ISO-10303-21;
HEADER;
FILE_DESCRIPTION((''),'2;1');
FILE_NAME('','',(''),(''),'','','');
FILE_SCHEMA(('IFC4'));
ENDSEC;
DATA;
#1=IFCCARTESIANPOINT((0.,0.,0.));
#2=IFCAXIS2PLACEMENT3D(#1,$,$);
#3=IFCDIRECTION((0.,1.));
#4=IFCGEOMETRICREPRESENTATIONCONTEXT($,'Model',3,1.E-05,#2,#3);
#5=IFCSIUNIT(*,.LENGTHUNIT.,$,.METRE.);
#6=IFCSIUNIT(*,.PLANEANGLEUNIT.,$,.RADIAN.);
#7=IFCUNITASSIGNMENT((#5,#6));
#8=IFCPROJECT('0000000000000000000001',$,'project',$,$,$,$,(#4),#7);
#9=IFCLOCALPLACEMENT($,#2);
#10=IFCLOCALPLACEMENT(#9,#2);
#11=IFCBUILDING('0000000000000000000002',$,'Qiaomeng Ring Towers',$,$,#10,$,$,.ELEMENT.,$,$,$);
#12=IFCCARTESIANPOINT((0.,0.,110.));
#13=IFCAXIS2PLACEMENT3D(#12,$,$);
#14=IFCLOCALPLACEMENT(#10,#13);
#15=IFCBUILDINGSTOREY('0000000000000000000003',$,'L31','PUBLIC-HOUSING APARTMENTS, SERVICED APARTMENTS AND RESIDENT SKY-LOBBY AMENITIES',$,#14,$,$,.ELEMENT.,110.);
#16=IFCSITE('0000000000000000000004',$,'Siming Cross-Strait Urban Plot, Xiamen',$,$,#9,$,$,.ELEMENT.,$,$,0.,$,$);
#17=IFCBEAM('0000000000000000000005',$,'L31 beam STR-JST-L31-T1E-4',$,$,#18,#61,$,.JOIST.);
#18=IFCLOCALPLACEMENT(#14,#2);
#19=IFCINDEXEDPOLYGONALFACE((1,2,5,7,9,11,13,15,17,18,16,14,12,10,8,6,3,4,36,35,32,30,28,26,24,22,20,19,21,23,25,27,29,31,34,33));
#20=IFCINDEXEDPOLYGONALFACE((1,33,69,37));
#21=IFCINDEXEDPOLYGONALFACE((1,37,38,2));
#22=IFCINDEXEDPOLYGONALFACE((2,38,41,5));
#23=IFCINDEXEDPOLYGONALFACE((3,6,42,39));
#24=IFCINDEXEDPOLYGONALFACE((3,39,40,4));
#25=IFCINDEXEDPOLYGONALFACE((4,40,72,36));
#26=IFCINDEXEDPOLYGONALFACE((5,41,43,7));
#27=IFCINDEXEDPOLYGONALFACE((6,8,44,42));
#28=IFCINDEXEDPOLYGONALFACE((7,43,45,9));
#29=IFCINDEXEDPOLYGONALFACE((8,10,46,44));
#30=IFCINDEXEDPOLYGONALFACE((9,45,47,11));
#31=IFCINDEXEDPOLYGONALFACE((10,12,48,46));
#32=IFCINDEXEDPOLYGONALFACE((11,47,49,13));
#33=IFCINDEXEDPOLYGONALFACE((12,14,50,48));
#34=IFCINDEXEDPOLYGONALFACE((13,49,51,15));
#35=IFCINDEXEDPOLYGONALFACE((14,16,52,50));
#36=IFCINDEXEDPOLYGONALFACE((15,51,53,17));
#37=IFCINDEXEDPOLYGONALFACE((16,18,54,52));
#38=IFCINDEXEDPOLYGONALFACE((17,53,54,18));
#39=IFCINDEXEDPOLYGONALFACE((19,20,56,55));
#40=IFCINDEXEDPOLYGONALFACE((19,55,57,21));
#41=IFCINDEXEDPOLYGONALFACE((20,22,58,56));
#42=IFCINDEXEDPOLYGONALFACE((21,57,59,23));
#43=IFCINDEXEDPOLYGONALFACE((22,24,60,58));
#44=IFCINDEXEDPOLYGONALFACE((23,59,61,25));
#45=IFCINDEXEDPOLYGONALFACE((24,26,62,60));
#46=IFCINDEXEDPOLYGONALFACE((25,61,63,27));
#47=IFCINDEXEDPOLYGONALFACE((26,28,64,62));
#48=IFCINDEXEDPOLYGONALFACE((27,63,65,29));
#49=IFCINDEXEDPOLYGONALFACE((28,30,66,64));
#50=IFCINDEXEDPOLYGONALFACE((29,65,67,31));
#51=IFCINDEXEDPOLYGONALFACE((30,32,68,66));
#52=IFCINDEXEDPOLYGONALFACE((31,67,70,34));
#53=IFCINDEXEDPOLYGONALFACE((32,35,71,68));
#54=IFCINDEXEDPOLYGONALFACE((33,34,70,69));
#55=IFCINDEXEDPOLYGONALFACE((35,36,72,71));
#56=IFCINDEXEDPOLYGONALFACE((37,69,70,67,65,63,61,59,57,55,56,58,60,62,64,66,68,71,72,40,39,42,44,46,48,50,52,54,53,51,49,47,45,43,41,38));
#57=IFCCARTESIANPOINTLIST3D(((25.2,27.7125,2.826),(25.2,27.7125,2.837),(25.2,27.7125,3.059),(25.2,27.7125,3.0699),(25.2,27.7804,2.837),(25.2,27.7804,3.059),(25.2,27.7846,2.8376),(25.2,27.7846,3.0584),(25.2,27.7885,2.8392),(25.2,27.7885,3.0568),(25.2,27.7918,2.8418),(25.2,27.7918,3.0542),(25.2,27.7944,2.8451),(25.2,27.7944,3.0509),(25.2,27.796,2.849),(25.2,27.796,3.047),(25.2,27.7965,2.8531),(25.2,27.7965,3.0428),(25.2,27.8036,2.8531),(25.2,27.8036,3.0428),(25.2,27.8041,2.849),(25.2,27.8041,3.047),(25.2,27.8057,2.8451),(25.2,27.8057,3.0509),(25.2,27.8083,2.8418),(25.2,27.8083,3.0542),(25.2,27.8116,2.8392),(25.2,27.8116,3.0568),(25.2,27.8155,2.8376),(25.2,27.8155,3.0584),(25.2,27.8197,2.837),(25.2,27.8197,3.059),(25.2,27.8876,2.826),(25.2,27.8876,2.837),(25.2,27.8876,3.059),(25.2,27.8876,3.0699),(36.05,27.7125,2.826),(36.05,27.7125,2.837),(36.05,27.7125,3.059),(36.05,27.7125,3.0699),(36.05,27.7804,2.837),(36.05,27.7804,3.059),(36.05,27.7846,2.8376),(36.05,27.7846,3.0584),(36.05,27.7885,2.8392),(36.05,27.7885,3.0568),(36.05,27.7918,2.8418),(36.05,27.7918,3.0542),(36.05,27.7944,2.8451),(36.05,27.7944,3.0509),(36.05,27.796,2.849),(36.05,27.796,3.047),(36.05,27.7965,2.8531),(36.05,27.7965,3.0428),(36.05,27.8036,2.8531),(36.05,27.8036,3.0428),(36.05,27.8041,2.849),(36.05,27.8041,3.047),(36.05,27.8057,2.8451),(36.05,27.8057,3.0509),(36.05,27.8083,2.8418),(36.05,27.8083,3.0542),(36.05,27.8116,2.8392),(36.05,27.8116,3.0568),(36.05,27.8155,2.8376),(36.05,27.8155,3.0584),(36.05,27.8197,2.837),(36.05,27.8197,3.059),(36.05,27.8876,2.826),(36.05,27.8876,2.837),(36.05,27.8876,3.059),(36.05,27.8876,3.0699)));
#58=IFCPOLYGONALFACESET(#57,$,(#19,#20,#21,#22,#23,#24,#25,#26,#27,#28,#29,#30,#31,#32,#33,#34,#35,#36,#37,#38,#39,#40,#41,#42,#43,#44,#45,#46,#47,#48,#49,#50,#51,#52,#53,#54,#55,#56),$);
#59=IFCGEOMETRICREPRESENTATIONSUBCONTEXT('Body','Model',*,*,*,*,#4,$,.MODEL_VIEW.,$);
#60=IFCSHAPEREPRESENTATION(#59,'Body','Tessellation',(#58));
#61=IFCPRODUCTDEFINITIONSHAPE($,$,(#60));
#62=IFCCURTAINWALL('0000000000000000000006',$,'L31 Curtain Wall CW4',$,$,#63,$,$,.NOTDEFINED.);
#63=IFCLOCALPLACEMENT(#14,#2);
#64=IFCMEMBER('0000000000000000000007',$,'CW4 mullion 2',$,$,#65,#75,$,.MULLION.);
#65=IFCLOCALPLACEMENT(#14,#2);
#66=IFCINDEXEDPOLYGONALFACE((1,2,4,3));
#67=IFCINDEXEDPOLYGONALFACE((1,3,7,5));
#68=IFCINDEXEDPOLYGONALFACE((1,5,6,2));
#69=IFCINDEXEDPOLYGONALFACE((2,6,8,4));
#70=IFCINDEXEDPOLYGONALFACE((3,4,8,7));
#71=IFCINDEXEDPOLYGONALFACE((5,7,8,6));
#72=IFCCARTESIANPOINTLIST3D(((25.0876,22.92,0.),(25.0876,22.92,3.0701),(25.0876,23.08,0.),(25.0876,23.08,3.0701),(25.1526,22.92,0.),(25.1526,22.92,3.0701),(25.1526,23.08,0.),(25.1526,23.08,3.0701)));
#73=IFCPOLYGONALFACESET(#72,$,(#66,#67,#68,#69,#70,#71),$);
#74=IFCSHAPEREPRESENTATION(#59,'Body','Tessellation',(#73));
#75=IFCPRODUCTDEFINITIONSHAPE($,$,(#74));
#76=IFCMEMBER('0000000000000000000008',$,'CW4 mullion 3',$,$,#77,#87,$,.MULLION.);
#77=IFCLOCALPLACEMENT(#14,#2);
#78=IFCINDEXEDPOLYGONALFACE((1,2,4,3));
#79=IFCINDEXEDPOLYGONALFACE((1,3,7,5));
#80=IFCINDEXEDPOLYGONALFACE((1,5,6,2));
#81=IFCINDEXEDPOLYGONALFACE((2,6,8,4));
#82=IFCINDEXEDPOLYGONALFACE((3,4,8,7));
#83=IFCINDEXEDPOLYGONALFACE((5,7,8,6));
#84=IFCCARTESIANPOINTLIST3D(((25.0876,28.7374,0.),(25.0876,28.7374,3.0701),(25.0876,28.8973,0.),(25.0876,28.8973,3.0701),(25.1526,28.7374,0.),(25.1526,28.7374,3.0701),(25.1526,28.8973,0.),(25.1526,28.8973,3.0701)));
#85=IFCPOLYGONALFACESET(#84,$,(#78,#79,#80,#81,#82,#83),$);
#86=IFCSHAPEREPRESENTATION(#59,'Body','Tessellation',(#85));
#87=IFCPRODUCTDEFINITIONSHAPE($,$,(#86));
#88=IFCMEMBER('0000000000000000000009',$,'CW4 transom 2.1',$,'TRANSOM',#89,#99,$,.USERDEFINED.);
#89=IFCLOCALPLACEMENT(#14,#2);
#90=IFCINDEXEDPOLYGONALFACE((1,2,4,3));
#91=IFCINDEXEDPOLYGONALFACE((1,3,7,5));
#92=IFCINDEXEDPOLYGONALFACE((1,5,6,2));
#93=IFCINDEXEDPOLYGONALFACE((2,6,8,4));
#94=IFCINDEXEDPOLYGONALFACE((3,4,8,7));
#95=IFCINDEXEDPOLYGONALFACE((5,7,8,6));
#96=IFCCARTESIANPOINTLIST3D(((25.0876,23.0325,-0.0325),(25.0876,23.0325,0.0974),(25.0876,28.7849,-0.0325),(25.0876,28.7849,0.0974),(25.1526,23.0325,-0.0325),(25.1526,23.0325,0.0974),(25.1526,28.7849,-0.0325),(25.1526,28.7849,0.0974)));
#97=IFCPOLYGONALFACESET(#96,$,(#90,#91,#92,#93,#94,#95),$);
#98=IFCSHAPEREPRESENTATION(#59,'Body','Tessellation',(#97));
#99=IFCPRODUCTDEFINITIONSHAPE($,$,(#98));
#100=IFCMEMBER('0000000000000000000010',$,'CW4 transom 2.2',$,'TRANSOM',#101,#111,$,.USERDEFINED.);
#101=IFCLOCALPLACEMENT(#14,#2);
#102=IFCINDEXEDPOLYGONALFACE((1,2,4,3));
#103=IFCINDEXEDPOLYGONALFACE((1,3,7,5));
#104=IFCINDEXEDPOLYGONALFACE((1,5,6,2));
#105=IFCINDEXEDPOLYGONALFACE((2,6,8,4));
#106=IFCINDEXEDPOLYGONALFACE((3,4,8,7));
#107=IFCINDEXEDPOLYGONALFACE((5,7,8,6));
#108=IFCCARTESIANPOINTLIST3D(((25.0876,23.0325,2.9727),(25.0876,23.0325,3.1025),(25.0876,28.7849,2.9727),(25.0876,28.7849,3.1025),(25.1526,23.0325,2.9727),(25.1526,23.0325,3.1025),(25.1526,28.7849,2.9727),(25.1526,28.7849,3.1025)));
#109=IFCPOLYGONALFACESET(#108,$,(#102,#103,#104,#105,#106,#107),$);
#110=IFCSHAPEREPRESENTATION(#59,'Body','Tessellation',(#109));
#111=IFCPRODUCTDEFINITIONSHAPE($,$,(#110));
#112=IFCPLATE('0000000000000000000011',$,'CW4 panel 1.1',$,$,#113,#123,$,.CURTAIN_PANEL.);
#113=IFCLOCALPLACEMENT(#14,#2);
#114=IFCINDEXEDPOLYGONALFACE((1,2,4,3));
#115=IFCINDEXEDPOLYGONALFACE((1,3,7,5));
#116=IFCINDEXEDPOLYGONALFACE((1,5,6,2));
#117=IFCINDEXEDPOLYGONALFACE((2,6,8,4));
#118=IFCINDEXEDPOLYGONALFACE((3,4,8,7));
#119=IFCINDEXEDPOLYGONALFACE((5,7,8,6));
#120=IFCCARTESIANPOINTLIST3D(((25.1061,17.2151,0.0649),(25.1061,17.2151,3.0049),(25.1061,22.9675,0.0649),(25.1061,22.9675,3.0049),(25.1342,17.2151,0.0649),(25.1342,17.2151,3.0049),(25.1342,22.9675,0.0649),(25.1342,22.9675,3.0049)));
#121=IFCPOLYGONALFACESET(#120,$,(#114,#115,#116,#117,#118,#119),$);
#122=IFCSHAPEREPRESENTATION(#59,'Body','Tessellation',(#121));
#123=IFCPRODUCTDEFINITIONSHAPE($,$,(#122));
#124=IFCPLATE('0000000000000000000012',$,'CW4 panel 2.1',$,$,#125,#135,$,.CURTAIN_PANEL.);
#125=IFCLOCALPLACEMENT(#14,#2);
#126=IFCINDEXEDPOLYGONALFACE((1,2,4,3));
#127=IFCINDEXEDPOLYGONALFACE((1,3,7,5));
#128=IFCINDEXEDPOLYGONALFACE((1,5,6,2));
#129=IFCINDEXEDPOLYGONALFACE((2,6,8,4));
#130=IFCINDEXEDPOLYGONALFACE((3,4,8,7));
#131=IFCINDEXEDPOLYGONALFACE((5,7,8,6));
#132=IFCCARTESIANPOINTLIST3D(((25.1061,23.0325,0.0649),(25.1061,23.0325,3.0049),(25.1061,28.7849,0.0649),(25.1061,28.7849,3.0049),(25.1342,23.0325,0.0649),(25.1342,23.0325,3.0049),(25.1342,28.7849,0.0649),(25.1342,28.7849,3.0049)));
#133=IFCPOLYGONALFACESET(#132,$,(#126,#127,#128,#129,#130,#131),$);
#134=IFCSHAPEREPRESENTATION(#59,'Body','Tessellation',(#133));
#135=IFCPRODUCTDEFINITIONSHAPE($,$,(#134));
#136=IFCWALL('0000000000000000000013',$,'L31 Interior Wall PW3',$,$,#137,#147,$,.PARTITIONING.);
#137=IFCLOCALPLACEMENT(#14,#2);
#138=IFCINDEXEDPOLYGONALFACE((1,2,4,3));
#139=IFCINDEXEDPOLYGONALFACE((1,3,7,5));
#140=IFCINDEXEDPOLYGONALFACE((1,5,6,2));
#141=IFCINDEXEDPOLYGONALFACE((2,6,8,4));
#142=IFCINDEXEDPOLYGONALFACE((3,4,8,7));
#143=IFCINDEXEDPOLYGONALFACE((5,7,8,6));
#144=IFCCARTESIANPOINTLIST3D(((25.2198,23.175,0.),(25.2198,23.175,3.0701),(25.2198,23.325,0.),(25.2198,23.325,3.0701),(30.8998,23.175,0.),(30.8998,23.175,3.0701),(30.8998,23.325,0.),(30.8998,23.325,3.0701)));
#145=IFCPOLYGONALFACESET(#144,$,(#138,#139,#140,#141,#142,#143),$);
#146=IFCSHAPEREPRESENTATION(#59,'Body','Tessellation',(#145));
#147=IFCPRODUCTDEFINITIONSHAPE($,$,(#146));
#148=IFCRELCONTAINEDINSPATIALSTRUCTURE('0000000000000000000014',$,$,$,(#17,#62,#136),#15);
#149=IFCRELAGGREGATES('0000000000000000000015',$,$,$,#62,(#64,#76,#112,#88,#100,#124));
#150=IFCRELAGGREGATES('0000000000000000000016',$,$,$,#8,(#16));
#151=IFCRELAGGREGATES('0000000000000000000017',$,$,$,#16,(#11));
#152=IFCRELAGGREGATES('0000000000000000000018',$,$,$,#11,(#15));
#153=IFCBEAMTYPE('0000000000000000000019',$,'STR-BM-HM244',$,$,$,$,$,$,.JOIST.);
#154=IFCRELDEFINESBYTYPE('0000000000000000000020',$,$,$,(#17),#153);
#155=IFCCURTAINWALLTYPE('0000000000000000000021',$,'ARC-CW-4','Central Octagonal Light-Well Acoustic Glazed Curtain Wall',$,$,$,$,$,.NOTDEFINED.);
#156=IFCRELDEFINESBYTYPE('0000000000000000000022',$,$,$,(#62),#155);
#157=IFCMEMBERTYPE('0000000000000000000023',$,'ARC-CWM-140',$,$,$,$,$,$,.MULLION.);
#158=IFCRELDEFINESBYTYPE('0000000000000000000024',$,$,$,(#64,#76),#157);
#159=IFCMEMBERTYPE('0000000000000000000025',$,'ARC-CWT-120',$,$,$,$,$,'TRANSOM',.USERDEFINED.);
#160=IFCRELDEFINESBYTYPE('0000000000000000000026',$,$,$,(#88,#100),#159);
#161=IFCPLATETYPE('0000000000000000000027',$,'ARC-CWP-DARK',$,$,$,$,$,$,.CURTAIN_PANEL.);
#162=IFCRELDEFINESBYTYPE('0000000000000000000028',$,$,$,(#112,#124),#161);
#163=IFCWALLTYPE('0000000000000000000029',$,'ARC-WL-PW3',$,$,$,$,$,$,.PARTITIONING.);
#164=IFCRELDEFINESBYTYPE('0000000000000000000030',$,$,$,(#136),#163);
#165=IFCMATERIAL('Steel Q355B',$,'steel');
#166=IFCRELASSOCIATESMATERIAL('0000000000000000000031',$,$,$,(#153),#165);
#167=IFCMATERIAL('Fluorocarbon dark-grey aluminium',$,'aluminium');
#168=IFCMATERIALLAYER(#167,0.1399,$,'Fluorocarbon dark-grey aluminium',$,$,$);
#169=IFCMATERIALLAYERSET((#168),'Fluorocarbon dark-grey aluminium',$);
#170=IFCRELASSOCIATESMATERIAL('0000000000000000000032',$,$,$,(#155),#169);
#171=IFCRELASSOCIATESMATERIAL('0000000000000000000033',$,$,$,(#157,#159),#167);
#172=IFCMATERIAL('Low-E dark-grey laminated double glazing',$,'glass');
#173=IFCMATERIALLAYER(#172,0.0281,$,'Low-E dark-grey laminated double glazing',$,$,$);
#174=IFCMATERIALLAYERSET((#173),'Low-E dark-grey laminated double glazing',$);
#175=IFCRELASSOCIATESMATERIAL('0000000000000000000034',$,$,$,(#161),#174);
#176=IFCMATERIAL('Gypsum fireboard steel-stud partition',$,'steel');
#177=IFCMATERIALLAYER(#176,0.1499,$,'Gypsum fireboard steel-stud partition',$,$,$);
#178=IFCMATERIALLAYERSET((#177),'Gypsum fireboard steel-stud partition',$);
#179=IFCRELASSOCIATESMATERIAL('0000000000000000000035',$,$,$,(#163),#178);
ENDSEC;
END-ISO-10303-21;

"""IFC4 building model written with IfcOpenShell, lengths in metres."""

from ifc_helpers import new_model, si_unit, direction, frame, frame_2d, origin, origin_2d, place, context, subcontext, project, spatial, rectangle, i_section, extrude, source, transform, mapped, material, layer, layer_set, material_profile, profile_set, type_object, element, aggregate, save


model = new_model("IFC4")

# Units and contexts
model_context = context("Model", 3, precision=1e-05, world=origin(), true_north=direction((0.0, 1.0)))
body_context = subcontext(model_context, "Body", "Model", "MODEL_VIEW")
ifc_project = project(units=[si_unit("LENGTHUNIT", "METRE"), si_unit("PLANEANGLEUNIT", "RADIAN")], contexts=[model_context])

# Site, building, storey
site_placement = place(None, origin())
site = spatial("IfcSite", under=ifc_project, at=site_placement, Name="Siming Cross-Strait Urban Plot, Xiamen", CompositionType="ELEMENT", RefElevation=0.0)
building_placement = place(site_placement, origin())
building = spatial("IfcBuilding", under=site, at=building_placement, Name="Qiaomeng Ring Towers", CompositionType="ELEMENT")
storey_placement = place(building_placement, frame((0.0, 0.0, 110.0)))
storey = spatial("IfcBuildingStorey", under=building, at=storey_placement, Name="L31", Description="PUBLIC-HOUSING APARTMENTS, SERVICED APARTMENTS AND RESIDENT SKY-LOBBY AMENITIES", CompositionType="ELEMENT", Elevation=110.0)

# Beam
ifc_material_1 = material(Name="Steel Q355B", Category="steel")
ifc_material_profile_1 = material_profile(ifc_material_1, i_section(OverallWidth=0.175, OverallDepth=0.2439, WebThickness=0.0071, FlangeThickness=0.011, FilletRadius=0.0161, at=origin_2d()), Name="HM 244x175x7x11")
ifc_profile_set_1 = profile_set([ifc_material_profile_1], Name="Steel Q355B")
beam_type_1 = type_object("IfcBeamType", Name="STR-BM-HM244", PredefinedType="JOIST", material=ifc_profile_set_1)
shared_shape_1 = source(origin(), body_context, "Body", "SweptSolid", [
    extrude(i_section(OverallWidth=0.175, OverallDepth=0.2439, WebThickness=0.0071, FlangeThickness=0.011, FilletRadius=0.0161, at=origin_2d()), origin(), (0.0, 0.0, 1.0), 10.8501),
])
for number, where, z_axis, x_axis, name in (
    (1, (25.2, 27.8, 2.948), (1.0, 0.0, 0.0), (0.0, 1.0, 0.0), "L31 beam STR-JST-L31-T1E-4"),
):
    element("IfcBeam", number, at=place(storey_placement, frame(where, z_axis=z_axis, x_axis=x_axis)), inside=storey, type_object=beam_type_1, Name=name, PredefinedType="JOIST", context=body_context, shape_type="MappedRepresentation", body=[
        mapped(shared_shape_1, transform((0.0, 0.0, 0.0), x_axis=(1.0, 0.0, 0.0), y_axis=(0.0, 1.0, 0.0), z_axis=(0.0, 0.0, 1.0), scale=1.0)),
    ])

# Curtain wall, members, plates
ifc_material_2 = material(Name="Fluorocarbon dark-grey aluminium", Category="aluminium")
ifc_layer_1 = layer(ifc_material_2, 0.1399, Name="Fluorocarbon dark-grey aluminium")
ifc_layer_set_1 = layer_set([ifc_layer_1], Name="Fluorocarbon dark-grey aluminium")
curtain_wall_type = type_object("IfcCurtainWallType", Name="ARC-CW-4", Description="Central Octagonal Light-Well Acoustic Glazed Curtain Wall", PredefinedType="NOTDEFINED", material=ifc_layer_set_1)
curtain_wall_placement = place(storey_placement, origin())
curtain_wall = element("IfcCurtainWall", 2, at=curtain_wall_placement, inside=storey, type_object=curtain_wall_type, Name="L31 Curtain Wall CW4", PredefinedType="NOTDEFINED")
ifc_material_profile_2 = material_profile(ifc_material_2, rectangle(XDim=0.0649, YDim=0.1599, at=origin_2d()), Name="ALU MULL 65x160")
ifc_profile_set_2 = profile_set([ifc_material_profile_2], Name="Fluorocarbon dark-grey aluminium")
member_type_1 = type_object("IfcMemberType", Name="ARC-CWM-140", PredefinedType="MULLION", material=ifc_profile_set_2)
shared_shape_2 = source(origin(), body_context, "Body", "SweptSolid", [
    extrude(rectangle(XDim=0.0649, YDim=0.1599, at=origin_2d()), origin(), (0.0, 0.0, 1.0), 3.0701),
])
member_1_placement = place(storey_placement, frame((25.1201, 23.0, 0.0), z_axis=(0.0, 0.0, 1.0), x_axis=(-1.0, 0.0, 0.0)))
member_1 = element("IfcMember", 3, at=member_1_placement, type_object=member_type_1, Name="CW4 mullion 2", PredefinedType="MULLION", context=body_context, shape_type="MappedRepresentation", body=[
    mapped(shared_shape_2, transform((0.0, 0.0, 0.0), x_axis=(1.0, 0.0, 0.0), y_axis=(0.0, 1.0, 0.0), z_axis=(0.0, 0.0, 1.0), scale=1.0)),
])
member_2_placement = place(storey_placement, frame((25.1201, 28.8174, 0.0), z_axis=(0.0, 0.0, 1.0), x_axis=(-1.0, 0.0, 0.0)))
member_2 = element("IfcMember", 4, at=member_2_placement, type_object=member_type_1, Name="CW4 mullion 3", PredefinedType="MULLION", context=body_context, shape_type="MappedRepresentation", body=[
    mapped(shared_shape_2, transform((0.0, 0.0, 0.0), x_axis=(1.0, 0.0, 0.0), y_axis=(0.0, 1.0, 0.0), z_axis=(0.0, 0.0, 1.0), scale=1.0)),
])
ifc_material_profile_3 = material_profile(ifc_material_2, rectangle(XDim=0.0649, YDim=0.1299, at=origin_2d()), Name="ALU TRAN 65x130")
ifc_profile_set_3 = profile_set([ifc_material_profile_3], Name="Fluorocarbon dark-grey aluminium")
member_type_2 = type_object("IfcMemberType", Name="ARC-CWT-120", ElementType="TRANSOM", PredefinedType="USERDEFINED", material=ifc_profile_set_3)
shared_shape_3 = source(origin(), body_context, "Body", "SweptSolid", [
    extrude(rectangle(XDim=0.0649, YDim=0.1299, at=origin_2d()), origin(), (0.0, 0.0, 1.0), 5.7524),
])
member_3_placement = place(storey_placement, frame((25.1201, 23.0325, 0.0325), z_axis=(0.0, 1.0, 0.0), x_axis=(-1.0, 0.0, 0.0)))
member_3 = element("IfcMember", 5, at=member_3_placement, type_object=member_type_2, Name="CW4 transom 2.1", ObjectType="TRANSOM", PredefinedType="USERDEFINED", context=body_context, shape_type="MappedRepresentation", body=[
    mapped(shared_shape_3, transform((0.0, 0.0, 0.0), x_axis=(1.0, 0.0, 0.0), y_axis=(0.0, 1.0, 0.0), z_axis=(0.0, 0.0, 1.0), scale=1.0)),
])
member_4_placement = place(storey_placement, frame((25.1201, 23.0325, 3.0376), z_axis=(0.0, 1.0, 0.0), x_axis=(-1.0, 0.0, 0.0)))
member_4 = element("IfcMember", 6, at=member_4_placement, type_object=member_type_2, Name="CW4 transom 2.2", ObjectType="TRANSOM", PredefinedType="USERDEFINED", context=body_context, shape_type="MappedRepresentation", body=[
    mapped(shared_shape_3, transform((0.0, 0.0, 0.0), x_axis=(1.0, 0.0, 0.0), y_axis=(0.0, 1.0, 0.0), z_axis=(0.0, 0.0, 1.0), scale=1.0)),
])
ifc_material_3 = material(Name="Low-E dark-grey laminated double glazing", Category="glass")
ifc_layer_2 = layer(ifc_material_3, 0.0281, Name="Low-E dark-grey laminated double glazing")
ifc_layer_set_2 = layer_set([ifc_layer_2], Name="Low-E dark-grey laminated double glazing")
plate_type = type_object("IfcPlateType", Name="ARC-CWP-DARK", PredefinedType="CURTAIN_PANEL", material=ifc_layer_set_2)
shared_shape_4 = source(origin(), body_context, "Body", "SweptSolid", [
    extrude(rectangle(XDim=5.7524, YDim=0.0281, at=origin_2d()), origin(), (0.0, 0.0, 1.0), 2.9399),
])
plate_1_placement = place(storey_placement, frame((25.1201, 20.0913, 0.0649), z_axis=(0.0, 0.0, 1.0), x_axis=(0.0, 1.0, 0.0)))
plate_1 = element("IfcPlate", 7, at=plate_1_placement, type_object=plate_type, Name="CW4 panel 1.1", PredefinedType="CURTAIN_PANEL", context=body_context, shape_type="MappedRepresentation", body=[
    mapped(shared_shape_4, transform((0.0, 0.0, 0.0), x_axis=(1.0, 0.0, 0.0), y_axis=(0.0, 1.0, 0.0), z_axis=(0.0, 0.0, 1.0), scale=1.0)),
])
plate_2_placement = place(storey_placement, frame((25.1201, 25.9087, 0.0649), z_axis=(0.0, 0.0, 1.0), x_axis=(0.0, 1.0, 0.0)))
plate_2 = element("IfcPlate", 8, at=plate_2_placement, type_object=plate_type, Name="CW4 panel 2.1", PredefinedType="CURTAIN_PANEL", context=body_context, shape_type="MappedRepresentation", body=[
    mapped(shared_shape_4, transform((0.0, 0.0, 0.0), x_axis=(1.0, 0.0, 0.0), y_axis=(0.0, 1.0, 0.0), z_axis=(0.0, 0.0, 1.0), scale=1.0)),
])
aggregate(curtain_wall, [member_1, member_2, plate_1, member_3, member_4, plate_2])

# Wall
ifc_material_4 = material(Name="Gypsum fireboard steel-stud partition", Category="steel")
ifc_layer_3 = layer(ifc_material_4, 0.1499, Name="Gypsum fireboard steel-stud partition")
ifc_layer_set_3 = layer_set([ifc_layer_3], Name="Gypsum fireboard steel-stud partition")
wall_type_1 = type_object("IfcWallType", Name="ARC-WL-PW3", PredefinedType="PARTITIONING", material=ifc_layer_set_3)
wall_1_placement = place(storey_placement, frame((25.22, 23.25, 0.0), z_axis=(0.0, 0.0, 1.0), x_axis=(1.0, 0.0, 0.0)))
element("IfcWall", 9, at=wall_1_placement, inside=storey, type_object=wall_type_1, Name="L31 Interior Wall PW3", PredefinedType="PARTITIONING", context=body_context, shape_type="SweptSolid", body=[
    extrude(rectangle(XDim=5.6799, YDim=0.1499, at=frame_2d((2.8398, 0.0))), origin(), (0.0, 0.0, 1.0), 3.0701),
])

save(model, "model.ifc")
